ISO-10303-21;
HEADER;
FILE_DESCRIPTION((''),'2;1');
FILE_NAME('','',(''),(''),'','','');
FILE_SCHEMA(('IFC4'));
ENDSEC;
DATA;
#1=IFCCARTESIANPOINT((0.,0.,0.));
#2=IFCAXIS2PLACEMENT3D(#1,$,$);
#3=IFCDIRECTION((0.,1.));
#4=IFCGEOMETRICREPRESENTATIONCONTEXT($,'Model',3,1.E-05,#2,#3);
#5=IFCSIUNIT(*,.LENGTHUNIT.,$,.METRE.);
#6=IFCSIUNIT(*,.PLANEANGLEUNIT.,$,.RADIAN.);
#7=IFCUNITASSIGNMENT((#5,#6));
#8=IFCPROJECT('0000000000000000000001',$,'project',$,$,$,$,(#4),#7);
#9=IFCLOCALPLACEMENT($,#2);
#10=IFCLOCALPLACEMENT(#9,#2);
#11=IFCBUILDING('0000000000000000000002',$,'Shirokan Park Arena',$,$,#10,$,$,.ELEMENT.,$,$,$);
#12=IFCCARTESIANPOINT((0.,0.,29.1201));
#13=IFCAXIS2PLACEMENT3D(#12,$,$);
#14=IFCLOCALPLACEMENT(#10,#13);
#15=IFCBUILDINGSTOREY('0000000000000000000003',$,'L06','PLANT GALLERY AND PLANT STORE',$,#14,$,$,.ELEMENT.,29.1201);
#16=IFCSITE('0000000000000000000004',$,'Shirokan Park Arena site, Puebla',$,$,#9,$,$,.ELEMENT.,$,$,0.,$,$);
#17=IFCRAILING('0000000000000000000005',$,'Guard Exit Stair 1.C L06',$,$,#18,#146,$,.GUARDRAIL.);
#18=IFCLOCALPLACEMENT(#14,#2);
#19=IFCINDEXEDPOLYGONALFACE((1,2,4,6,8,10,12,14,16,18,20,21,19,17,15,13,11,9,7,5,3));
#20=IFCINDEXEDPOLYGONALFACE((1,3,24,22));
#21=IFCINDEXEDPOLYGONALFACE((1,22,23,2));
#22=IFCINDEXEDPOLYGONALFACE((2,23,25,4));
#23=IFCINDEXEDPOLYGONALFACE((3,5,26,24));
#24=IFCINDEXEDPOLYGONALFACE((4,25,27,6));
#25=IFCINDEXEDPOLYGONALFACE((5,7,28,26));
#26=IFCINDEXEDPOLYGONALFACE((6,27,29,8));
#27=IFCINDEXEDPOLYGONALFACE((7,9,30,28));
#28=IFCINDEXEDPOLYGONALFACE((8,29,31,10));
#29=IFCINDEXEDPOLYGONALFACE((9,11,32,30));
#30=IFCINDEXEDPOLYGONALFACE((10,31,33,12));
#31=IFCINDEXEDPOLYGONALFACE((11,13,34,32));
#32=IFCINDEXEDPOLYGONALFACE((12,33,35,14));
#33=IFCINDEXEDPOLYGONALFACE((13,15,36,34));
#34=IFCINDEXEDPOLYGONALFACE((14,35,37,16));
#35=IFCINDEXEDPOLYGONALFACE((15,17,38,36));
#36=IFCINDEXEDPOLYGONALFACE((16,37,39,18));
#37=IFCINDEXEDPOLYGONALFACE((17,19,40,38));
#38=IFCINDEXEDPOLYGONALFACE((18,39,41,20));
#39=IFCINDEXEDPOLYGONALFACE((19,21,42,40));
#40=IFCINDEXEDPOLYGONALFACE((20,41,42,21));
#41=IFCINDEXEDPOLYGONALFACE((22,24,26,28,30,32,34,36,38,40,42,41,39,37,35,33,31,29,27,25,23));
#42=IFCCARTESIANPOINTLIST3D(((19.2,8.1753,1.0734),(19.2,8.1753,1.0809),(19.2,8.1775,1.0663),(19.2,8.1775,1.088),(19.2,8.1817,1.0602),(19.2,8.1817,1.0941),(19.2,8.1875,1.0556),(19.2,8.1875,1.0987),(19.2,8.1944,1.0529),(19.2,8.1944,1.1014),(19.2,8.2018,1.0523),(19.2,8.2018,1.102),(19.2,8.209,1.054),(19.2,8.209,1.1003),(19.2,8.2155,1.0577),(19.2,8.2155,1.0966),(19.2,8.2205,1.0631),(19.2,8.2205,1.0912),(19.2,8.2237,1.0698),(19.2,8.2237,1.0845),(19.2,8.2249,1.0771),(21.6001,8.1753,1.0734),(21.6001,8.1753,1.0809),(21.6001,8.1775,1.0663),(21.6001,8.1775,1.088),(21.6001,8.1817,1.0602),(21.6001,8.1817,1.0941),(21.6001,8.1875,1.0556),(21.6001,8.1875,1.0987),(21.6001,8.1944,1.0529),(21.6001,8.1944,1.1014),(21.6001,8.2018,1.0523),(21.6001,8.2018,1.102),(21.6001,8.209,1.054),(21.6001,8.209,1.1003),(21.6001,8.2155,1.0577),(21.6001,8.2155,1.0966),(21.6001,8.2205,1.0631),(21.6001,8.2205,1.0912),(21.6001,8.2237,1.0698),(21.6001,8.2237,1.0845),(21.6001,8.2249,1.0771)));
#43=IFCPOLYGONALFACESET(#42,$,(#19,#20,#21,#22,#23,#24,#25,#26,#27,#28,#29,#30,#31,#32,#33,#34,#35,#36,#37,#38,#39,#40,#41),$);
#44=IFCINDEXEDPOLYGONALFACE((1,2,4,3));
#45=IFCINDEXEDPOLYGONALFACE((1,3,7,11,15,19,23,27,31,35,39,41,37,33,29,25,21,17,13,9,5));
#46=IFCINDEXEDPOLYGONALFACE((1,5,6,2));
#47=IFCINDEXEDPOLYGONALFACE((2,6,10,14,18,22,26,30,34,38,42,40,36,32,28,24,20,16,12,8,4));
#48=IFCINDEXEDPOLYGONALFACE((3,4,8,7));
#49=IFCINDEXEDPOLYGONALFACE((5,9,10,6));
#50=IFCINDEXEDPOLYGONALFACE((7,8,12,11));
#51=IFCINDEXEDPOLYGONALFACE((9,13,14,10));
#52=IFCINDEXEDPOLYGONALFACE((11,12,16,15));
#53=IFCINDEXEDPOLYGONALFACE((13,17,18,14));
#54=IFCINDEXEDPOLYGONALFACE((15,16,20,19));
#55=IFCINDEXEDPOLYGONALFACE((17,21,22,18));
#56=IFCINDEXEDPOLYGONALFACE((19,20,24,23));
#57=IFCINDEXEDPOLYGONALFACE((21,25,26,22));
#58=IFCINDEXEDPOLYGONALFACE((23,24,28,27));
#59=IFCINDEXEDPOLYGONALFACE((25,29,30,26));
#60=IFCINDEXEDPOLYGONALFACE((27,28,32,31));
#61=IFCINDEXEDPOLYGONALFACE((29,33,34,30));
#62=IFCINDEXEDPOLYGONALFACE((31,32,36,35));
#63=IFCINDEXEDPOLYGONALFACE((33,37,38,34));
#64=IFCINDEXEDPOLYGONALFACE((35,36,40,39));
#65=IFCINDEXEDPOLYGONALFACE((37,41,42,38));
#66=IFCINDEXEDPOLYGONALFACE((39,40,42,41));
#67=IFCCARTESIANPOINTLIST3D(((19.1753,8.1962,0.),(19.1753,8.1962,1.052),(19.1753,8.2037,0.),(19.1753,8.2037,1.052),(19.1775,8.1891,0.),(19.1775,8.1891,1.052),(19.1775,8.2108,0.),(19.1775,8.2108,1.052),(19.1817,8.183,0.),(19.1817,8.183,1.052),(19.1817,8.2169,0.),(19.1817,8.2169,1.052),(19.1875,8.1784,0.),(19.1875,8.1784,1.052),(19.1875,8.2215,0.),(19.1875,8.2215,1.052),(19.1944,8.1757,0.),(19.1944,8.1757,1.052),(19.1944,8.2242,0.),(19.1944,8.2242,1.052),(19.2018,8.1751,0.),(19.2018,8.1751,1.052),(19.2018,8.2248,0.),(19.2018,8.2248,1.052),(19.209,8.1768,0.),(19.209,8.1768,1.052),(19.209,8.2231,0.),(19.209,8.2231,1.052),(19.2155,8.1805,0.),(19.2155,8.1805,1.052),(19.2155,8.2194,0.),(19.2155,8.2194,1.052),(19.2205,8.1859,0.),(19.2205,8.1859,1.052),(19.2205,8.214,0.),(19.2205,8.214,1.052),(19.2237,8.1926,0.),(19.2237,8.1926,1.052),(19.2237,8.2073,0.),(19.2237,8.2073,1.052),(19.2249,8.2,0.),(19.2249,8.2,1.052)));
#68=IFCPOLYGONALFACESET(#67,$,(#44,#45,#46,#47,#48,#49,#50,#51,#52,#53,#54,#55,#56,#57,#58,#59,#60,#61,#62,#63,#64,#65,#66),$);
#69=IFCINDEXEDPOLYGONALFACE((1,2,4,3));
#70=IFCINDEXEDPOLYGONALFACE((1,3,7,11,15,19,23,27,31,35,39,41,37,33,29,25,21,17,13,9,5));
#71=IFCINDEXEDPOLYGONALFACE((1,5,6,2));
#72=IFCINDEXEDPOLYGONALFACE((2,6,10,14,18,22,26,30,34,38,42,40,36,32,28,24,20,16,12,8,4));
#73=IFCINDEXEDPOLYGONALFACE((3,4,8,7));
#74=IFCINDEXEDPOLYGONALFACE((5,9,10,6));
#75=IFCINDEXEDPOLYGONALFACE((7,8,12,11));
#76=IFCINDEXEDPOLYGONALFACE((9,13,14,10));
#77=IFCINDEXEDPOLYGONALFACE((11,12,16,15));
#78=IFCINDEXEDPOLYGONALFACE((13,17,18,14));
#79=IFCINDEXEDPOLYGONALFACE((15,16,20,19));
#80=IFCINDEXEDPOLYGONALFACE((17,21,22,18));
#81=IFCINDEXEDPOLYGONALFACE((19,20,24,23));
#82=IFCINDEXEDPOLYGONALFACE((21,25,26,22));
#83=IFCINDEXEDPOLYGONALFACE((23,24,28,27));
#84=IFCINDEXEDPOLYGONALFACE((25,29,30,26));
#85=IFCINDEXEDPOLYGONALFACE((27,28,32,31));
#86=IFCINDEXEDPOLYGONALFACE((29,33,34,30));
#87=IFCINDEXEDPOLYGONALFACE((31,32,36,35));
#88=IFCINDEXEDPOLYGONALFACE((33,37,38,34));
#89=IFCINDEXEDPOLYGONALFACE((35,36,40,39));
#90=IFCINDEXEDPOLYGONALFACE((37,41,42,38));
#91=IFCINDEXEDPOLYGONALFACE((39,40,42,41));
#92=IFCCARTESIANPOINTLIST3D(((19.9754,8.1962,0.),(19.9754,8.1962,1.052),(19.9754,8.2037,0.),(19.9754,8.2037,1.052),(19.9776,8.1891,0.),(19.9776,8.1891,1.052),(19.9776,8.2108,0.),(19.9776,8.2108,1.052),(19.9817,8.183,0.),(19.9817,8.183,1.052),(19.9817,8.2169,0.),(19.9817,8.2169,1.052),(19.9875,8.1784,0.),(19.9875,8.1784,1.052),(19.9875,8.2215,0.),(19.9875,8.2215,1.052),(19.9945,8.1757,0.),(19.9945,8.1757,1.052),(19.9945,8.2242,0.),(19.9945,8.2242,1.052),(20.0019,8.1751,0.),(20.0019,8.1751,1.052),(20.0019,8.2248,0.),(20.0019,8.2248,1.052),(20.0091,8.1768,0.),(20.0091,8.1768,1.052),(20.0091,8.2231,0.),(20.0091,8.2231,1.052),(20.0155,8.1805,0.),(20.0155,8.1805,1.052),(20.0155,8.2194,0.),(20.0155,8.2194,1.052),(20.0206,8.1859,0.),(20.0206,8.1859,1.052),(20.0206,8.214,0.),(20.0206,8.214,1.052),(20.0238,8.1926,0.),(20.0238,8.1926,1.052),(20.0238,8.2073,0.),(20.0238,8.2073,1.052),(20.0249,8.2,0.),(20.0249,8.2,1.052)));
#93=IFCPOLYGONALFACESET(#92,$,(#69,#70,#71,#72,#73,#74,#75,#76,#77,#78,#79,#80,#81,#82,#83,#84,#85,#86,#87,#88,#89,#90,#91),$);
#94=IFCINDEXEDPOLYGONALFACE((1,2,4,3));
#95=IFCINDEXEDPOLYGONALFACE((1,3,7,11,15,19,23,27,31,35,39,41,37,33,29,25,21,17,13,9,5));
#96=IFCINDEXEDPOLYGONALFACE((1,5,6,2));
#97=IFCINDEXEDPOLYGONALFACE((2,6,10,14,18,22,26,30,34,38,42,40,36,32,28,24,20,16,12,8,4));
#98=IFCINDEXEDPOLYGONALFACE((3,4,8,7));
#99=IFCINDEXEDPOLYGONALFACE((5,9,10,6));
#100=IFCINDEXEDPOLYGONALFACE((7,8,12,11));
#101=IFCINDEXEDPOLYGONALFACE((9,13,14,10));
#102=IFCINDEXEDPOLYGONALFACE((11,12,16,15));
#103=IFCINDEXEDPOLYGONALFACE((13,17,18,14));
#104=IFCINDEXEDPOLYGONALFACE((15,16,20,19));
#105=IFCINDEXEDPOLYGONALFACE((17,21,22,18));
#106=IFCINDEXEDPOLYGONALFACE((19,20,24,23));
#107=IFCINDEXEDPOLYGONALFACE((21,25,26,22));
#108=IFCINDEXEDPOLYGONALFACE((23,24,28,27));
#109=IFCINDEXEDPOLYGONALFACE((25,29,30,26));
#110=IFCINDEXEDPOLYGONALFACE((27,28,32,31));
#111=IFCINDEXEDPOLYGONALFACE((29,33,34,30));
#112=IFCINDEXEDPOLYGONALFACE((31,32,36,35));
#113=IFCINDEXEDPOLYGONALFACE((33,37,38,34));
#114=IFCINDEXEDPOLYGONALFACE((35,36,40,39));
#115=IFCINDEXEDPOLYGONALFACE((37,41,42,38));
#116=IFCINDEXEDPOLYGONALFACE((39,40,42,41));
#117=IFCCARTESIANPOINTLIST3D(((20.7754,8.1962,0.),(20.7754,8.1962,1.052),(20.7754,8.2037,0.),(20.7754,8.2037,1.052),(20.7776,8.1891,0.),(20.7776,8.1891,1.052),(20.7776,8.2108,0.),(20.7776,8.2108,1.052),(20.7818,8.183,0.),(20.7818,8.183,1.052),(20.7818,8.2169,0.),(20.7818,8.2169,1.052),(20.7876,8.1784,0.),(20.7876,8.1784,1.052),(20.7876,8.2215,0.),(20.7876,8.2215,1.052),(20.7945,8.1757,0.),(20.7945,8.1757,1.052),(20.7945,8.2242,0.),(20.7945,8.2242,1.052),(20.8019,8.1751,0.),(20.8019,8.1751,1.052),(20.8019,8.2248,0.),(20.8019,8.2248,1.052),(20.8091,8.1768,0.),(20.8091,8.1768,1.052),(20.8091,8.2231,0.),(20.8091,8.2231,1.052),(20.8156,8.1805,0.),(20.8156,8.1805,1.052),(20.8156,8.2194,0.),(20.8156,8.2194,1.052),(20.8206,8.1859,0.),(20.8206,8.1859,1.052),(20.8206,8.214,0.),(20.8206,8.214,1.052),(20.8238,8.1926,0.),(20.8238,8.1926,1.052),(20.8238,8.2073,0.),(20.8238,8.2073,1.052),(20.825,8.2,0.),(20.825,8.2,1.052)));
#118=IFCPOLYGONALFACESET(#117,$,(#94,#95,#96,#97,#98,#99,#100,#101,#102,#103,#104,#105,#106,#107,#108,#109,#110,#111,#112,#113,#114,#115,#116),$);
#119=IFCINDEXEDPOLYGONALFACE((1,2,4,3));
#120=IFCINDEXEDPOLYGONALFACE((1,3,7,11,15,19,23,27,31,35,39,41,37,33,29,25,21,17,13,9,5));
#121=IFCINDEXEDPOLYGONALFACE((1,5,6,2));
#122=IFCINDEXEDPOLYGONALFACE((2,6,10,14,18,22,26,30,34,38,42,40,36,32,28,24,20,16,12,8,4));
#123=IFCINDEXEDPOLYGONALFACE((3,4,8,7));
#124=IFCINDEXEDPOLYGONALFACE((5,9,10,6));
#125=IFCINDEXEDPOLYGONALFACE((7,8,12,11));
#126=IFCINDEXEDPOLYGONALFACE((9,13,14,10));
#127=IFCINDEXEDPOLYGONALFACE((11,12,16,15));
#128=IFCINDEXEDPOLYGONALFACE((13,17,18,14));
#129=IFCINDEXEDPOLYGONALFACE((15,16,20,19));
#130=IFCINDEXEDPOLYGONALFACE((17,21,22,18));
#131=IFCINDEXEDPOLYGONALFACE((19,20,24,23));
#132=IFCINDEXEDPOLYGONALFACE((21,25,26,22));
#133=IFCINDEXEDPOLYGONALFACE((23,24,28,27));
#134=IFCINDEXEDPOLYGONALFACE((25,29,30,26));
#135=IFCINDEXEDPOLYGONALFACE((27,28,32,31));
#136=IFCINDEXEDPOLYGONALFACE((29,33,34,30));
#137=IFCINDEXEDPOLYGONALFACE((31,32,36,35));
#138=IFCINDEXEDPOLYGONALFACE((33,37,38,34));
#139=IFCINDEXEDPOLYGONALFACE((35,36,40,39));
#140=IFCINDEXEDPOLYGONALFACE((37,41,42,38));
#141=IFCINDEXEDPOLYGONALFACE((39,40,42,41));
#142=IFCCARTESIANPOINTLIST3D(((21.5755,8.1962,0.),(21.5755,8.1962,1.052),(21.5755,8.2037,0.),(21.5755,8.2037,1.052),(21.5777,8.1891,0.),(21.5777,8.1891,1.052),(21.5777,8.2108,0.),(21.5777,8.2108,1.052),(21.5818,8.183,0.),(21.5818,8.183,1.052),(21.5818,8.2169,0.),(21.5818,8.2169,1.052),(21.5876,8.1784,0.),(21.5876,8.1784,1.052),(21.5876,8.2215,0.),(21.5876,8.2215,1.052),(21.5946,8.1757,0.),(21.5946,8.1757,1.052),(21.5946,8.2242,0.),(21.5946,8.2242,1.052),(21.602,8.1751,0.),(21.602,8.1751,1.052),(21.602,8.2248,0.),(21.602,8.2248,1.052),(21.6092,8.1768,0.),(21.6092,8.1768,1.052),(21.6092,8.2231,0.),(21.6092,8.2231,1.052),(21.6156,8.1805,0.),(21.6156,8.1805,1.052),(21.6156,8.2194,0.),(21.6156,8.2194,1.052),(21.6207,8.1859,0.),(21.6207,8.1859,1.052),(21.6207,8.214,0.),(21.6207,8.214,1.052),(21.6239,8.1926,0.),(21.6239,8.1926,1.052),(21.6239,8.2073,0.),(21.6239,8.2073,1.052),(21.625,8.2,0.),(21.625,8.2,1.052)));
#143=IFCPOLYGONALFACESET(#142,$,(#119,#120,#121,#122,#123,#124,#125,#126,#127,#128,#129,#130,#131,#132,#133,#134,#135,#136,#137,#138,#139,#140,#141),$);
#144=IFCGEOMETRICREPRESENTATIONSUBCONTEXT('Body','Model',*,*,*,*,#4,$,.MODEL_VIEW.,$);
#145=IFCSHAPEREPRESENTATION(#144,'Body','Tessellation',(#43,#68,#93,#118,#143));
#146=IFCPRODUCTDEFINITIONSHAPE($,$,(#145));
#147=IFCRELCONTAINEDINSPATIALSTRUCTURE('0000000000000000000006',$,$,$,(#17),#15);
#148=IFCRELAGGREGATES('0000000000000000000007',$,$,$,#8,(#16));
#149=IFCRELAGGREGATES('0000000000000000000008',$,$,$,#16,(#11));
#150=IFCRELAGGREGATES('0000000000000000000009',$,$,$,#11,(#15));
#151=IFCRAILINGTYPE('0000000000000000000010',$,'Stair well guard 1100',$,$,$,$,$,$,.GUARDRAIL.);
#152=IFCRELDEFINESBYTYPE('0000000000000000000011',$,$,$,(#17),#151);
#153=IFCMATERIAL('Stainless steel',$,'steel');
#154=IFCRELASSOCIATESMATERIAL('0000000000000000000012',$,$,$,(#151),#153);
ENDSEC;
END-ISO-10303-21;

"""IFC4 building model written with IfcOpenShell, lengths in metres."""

from ifc_helpers import new_model, si_unit, direction, frame, origin, origin_2d, place, context, subcontext, project, spatial, circle, extrude, material, type_object, element, save


model = new_model("IFC4")

# Units and contexts
model_context = context("Model", 3, precision=1e-05, world=origin(), true_north=direction((0.0, 1.0)))
body_context = subcontext(model_context, "Body", "Model", "MODEL_VIEW")
ifc_project = project(units=[si_unit("LENGTHUNIT", "METRE"), si_unit("PLANEANGLEUNIT", "RADIAN")], contexts=[model_context])

# Site, building, storey
site_placement = place(None, origin())
site = spatial("IfcSite", under=ifc_project, at=site_placement, Name="Shirokan Park Arena site, Puebla", CompositionType="ELEMENT", RefElevation=0.0)
building_placement = place(site_placement, origin())
building = spatial("IfcBuilding", under=site, at=building_placement, Name="Shirokan Park Arena", CompositionType="ELEMENT")
storey_placement = place(building_placement, frame((0.0, 0.0, 29.1201)))
storey = spatial("IfcBuildingStorey", under=building, at=storey_placement, Name="L06", Description="PLANT GALLERY AND PLANT STORE", CompositionType="ELEMENT", Elevation=29.1201)

# Railing
ifc_material_1 = material(Name="Stainless steel", Category="steel")
railing_type = type_object("IfcRailingType", Name="Stair well guard 1100", PredefinedType="GUARDRAIL", material=ifc_material_1)
railing_placement = place(storey_placement, frame((19.2, 8.2, 0.0)))
element("IfcRailing", 1, at=railing_placement, inside=storey, type_object=railing_type, Name="Guard Exit Stair 1.C L06", PredefinedType="GUARDRAIL", context=body_context, shape_type="SweptSolid", body=[
    extrude(circle(Radius=0.0249, at=origin_2d()), frame((0.0, 0.0, 1.0771), z_axis=(1.0, 0.0, 0.0), x_axis=(0.0, 1.0, 0.0)), (0.0, 0.0, 1.0), 2.4001),
    extrude(circle(Radius=0.0249, at=origin_2d()), origin(), (0.0, 0.0, 1.0), 1.052),
    extrude(circle(Radius=0.0249, at=origin_2d()), frame((0.8, 0.0, 0.0)), (0.0, 0.0, 1.0), 1.052),
    extrude(circle(Radius=0.0249, at=origin_2d()), frame((1.6001, 0.0, 0.0)), (0.0, 0.0, 1.0), 1.052),
    extrude(circle(Radius=0.0249, at=origin_2d()), frame((2.4001, 0.0, 0.0)), (0.0, 0.0, 1.0), 1.052),
])

save(model, "model.ifc")
